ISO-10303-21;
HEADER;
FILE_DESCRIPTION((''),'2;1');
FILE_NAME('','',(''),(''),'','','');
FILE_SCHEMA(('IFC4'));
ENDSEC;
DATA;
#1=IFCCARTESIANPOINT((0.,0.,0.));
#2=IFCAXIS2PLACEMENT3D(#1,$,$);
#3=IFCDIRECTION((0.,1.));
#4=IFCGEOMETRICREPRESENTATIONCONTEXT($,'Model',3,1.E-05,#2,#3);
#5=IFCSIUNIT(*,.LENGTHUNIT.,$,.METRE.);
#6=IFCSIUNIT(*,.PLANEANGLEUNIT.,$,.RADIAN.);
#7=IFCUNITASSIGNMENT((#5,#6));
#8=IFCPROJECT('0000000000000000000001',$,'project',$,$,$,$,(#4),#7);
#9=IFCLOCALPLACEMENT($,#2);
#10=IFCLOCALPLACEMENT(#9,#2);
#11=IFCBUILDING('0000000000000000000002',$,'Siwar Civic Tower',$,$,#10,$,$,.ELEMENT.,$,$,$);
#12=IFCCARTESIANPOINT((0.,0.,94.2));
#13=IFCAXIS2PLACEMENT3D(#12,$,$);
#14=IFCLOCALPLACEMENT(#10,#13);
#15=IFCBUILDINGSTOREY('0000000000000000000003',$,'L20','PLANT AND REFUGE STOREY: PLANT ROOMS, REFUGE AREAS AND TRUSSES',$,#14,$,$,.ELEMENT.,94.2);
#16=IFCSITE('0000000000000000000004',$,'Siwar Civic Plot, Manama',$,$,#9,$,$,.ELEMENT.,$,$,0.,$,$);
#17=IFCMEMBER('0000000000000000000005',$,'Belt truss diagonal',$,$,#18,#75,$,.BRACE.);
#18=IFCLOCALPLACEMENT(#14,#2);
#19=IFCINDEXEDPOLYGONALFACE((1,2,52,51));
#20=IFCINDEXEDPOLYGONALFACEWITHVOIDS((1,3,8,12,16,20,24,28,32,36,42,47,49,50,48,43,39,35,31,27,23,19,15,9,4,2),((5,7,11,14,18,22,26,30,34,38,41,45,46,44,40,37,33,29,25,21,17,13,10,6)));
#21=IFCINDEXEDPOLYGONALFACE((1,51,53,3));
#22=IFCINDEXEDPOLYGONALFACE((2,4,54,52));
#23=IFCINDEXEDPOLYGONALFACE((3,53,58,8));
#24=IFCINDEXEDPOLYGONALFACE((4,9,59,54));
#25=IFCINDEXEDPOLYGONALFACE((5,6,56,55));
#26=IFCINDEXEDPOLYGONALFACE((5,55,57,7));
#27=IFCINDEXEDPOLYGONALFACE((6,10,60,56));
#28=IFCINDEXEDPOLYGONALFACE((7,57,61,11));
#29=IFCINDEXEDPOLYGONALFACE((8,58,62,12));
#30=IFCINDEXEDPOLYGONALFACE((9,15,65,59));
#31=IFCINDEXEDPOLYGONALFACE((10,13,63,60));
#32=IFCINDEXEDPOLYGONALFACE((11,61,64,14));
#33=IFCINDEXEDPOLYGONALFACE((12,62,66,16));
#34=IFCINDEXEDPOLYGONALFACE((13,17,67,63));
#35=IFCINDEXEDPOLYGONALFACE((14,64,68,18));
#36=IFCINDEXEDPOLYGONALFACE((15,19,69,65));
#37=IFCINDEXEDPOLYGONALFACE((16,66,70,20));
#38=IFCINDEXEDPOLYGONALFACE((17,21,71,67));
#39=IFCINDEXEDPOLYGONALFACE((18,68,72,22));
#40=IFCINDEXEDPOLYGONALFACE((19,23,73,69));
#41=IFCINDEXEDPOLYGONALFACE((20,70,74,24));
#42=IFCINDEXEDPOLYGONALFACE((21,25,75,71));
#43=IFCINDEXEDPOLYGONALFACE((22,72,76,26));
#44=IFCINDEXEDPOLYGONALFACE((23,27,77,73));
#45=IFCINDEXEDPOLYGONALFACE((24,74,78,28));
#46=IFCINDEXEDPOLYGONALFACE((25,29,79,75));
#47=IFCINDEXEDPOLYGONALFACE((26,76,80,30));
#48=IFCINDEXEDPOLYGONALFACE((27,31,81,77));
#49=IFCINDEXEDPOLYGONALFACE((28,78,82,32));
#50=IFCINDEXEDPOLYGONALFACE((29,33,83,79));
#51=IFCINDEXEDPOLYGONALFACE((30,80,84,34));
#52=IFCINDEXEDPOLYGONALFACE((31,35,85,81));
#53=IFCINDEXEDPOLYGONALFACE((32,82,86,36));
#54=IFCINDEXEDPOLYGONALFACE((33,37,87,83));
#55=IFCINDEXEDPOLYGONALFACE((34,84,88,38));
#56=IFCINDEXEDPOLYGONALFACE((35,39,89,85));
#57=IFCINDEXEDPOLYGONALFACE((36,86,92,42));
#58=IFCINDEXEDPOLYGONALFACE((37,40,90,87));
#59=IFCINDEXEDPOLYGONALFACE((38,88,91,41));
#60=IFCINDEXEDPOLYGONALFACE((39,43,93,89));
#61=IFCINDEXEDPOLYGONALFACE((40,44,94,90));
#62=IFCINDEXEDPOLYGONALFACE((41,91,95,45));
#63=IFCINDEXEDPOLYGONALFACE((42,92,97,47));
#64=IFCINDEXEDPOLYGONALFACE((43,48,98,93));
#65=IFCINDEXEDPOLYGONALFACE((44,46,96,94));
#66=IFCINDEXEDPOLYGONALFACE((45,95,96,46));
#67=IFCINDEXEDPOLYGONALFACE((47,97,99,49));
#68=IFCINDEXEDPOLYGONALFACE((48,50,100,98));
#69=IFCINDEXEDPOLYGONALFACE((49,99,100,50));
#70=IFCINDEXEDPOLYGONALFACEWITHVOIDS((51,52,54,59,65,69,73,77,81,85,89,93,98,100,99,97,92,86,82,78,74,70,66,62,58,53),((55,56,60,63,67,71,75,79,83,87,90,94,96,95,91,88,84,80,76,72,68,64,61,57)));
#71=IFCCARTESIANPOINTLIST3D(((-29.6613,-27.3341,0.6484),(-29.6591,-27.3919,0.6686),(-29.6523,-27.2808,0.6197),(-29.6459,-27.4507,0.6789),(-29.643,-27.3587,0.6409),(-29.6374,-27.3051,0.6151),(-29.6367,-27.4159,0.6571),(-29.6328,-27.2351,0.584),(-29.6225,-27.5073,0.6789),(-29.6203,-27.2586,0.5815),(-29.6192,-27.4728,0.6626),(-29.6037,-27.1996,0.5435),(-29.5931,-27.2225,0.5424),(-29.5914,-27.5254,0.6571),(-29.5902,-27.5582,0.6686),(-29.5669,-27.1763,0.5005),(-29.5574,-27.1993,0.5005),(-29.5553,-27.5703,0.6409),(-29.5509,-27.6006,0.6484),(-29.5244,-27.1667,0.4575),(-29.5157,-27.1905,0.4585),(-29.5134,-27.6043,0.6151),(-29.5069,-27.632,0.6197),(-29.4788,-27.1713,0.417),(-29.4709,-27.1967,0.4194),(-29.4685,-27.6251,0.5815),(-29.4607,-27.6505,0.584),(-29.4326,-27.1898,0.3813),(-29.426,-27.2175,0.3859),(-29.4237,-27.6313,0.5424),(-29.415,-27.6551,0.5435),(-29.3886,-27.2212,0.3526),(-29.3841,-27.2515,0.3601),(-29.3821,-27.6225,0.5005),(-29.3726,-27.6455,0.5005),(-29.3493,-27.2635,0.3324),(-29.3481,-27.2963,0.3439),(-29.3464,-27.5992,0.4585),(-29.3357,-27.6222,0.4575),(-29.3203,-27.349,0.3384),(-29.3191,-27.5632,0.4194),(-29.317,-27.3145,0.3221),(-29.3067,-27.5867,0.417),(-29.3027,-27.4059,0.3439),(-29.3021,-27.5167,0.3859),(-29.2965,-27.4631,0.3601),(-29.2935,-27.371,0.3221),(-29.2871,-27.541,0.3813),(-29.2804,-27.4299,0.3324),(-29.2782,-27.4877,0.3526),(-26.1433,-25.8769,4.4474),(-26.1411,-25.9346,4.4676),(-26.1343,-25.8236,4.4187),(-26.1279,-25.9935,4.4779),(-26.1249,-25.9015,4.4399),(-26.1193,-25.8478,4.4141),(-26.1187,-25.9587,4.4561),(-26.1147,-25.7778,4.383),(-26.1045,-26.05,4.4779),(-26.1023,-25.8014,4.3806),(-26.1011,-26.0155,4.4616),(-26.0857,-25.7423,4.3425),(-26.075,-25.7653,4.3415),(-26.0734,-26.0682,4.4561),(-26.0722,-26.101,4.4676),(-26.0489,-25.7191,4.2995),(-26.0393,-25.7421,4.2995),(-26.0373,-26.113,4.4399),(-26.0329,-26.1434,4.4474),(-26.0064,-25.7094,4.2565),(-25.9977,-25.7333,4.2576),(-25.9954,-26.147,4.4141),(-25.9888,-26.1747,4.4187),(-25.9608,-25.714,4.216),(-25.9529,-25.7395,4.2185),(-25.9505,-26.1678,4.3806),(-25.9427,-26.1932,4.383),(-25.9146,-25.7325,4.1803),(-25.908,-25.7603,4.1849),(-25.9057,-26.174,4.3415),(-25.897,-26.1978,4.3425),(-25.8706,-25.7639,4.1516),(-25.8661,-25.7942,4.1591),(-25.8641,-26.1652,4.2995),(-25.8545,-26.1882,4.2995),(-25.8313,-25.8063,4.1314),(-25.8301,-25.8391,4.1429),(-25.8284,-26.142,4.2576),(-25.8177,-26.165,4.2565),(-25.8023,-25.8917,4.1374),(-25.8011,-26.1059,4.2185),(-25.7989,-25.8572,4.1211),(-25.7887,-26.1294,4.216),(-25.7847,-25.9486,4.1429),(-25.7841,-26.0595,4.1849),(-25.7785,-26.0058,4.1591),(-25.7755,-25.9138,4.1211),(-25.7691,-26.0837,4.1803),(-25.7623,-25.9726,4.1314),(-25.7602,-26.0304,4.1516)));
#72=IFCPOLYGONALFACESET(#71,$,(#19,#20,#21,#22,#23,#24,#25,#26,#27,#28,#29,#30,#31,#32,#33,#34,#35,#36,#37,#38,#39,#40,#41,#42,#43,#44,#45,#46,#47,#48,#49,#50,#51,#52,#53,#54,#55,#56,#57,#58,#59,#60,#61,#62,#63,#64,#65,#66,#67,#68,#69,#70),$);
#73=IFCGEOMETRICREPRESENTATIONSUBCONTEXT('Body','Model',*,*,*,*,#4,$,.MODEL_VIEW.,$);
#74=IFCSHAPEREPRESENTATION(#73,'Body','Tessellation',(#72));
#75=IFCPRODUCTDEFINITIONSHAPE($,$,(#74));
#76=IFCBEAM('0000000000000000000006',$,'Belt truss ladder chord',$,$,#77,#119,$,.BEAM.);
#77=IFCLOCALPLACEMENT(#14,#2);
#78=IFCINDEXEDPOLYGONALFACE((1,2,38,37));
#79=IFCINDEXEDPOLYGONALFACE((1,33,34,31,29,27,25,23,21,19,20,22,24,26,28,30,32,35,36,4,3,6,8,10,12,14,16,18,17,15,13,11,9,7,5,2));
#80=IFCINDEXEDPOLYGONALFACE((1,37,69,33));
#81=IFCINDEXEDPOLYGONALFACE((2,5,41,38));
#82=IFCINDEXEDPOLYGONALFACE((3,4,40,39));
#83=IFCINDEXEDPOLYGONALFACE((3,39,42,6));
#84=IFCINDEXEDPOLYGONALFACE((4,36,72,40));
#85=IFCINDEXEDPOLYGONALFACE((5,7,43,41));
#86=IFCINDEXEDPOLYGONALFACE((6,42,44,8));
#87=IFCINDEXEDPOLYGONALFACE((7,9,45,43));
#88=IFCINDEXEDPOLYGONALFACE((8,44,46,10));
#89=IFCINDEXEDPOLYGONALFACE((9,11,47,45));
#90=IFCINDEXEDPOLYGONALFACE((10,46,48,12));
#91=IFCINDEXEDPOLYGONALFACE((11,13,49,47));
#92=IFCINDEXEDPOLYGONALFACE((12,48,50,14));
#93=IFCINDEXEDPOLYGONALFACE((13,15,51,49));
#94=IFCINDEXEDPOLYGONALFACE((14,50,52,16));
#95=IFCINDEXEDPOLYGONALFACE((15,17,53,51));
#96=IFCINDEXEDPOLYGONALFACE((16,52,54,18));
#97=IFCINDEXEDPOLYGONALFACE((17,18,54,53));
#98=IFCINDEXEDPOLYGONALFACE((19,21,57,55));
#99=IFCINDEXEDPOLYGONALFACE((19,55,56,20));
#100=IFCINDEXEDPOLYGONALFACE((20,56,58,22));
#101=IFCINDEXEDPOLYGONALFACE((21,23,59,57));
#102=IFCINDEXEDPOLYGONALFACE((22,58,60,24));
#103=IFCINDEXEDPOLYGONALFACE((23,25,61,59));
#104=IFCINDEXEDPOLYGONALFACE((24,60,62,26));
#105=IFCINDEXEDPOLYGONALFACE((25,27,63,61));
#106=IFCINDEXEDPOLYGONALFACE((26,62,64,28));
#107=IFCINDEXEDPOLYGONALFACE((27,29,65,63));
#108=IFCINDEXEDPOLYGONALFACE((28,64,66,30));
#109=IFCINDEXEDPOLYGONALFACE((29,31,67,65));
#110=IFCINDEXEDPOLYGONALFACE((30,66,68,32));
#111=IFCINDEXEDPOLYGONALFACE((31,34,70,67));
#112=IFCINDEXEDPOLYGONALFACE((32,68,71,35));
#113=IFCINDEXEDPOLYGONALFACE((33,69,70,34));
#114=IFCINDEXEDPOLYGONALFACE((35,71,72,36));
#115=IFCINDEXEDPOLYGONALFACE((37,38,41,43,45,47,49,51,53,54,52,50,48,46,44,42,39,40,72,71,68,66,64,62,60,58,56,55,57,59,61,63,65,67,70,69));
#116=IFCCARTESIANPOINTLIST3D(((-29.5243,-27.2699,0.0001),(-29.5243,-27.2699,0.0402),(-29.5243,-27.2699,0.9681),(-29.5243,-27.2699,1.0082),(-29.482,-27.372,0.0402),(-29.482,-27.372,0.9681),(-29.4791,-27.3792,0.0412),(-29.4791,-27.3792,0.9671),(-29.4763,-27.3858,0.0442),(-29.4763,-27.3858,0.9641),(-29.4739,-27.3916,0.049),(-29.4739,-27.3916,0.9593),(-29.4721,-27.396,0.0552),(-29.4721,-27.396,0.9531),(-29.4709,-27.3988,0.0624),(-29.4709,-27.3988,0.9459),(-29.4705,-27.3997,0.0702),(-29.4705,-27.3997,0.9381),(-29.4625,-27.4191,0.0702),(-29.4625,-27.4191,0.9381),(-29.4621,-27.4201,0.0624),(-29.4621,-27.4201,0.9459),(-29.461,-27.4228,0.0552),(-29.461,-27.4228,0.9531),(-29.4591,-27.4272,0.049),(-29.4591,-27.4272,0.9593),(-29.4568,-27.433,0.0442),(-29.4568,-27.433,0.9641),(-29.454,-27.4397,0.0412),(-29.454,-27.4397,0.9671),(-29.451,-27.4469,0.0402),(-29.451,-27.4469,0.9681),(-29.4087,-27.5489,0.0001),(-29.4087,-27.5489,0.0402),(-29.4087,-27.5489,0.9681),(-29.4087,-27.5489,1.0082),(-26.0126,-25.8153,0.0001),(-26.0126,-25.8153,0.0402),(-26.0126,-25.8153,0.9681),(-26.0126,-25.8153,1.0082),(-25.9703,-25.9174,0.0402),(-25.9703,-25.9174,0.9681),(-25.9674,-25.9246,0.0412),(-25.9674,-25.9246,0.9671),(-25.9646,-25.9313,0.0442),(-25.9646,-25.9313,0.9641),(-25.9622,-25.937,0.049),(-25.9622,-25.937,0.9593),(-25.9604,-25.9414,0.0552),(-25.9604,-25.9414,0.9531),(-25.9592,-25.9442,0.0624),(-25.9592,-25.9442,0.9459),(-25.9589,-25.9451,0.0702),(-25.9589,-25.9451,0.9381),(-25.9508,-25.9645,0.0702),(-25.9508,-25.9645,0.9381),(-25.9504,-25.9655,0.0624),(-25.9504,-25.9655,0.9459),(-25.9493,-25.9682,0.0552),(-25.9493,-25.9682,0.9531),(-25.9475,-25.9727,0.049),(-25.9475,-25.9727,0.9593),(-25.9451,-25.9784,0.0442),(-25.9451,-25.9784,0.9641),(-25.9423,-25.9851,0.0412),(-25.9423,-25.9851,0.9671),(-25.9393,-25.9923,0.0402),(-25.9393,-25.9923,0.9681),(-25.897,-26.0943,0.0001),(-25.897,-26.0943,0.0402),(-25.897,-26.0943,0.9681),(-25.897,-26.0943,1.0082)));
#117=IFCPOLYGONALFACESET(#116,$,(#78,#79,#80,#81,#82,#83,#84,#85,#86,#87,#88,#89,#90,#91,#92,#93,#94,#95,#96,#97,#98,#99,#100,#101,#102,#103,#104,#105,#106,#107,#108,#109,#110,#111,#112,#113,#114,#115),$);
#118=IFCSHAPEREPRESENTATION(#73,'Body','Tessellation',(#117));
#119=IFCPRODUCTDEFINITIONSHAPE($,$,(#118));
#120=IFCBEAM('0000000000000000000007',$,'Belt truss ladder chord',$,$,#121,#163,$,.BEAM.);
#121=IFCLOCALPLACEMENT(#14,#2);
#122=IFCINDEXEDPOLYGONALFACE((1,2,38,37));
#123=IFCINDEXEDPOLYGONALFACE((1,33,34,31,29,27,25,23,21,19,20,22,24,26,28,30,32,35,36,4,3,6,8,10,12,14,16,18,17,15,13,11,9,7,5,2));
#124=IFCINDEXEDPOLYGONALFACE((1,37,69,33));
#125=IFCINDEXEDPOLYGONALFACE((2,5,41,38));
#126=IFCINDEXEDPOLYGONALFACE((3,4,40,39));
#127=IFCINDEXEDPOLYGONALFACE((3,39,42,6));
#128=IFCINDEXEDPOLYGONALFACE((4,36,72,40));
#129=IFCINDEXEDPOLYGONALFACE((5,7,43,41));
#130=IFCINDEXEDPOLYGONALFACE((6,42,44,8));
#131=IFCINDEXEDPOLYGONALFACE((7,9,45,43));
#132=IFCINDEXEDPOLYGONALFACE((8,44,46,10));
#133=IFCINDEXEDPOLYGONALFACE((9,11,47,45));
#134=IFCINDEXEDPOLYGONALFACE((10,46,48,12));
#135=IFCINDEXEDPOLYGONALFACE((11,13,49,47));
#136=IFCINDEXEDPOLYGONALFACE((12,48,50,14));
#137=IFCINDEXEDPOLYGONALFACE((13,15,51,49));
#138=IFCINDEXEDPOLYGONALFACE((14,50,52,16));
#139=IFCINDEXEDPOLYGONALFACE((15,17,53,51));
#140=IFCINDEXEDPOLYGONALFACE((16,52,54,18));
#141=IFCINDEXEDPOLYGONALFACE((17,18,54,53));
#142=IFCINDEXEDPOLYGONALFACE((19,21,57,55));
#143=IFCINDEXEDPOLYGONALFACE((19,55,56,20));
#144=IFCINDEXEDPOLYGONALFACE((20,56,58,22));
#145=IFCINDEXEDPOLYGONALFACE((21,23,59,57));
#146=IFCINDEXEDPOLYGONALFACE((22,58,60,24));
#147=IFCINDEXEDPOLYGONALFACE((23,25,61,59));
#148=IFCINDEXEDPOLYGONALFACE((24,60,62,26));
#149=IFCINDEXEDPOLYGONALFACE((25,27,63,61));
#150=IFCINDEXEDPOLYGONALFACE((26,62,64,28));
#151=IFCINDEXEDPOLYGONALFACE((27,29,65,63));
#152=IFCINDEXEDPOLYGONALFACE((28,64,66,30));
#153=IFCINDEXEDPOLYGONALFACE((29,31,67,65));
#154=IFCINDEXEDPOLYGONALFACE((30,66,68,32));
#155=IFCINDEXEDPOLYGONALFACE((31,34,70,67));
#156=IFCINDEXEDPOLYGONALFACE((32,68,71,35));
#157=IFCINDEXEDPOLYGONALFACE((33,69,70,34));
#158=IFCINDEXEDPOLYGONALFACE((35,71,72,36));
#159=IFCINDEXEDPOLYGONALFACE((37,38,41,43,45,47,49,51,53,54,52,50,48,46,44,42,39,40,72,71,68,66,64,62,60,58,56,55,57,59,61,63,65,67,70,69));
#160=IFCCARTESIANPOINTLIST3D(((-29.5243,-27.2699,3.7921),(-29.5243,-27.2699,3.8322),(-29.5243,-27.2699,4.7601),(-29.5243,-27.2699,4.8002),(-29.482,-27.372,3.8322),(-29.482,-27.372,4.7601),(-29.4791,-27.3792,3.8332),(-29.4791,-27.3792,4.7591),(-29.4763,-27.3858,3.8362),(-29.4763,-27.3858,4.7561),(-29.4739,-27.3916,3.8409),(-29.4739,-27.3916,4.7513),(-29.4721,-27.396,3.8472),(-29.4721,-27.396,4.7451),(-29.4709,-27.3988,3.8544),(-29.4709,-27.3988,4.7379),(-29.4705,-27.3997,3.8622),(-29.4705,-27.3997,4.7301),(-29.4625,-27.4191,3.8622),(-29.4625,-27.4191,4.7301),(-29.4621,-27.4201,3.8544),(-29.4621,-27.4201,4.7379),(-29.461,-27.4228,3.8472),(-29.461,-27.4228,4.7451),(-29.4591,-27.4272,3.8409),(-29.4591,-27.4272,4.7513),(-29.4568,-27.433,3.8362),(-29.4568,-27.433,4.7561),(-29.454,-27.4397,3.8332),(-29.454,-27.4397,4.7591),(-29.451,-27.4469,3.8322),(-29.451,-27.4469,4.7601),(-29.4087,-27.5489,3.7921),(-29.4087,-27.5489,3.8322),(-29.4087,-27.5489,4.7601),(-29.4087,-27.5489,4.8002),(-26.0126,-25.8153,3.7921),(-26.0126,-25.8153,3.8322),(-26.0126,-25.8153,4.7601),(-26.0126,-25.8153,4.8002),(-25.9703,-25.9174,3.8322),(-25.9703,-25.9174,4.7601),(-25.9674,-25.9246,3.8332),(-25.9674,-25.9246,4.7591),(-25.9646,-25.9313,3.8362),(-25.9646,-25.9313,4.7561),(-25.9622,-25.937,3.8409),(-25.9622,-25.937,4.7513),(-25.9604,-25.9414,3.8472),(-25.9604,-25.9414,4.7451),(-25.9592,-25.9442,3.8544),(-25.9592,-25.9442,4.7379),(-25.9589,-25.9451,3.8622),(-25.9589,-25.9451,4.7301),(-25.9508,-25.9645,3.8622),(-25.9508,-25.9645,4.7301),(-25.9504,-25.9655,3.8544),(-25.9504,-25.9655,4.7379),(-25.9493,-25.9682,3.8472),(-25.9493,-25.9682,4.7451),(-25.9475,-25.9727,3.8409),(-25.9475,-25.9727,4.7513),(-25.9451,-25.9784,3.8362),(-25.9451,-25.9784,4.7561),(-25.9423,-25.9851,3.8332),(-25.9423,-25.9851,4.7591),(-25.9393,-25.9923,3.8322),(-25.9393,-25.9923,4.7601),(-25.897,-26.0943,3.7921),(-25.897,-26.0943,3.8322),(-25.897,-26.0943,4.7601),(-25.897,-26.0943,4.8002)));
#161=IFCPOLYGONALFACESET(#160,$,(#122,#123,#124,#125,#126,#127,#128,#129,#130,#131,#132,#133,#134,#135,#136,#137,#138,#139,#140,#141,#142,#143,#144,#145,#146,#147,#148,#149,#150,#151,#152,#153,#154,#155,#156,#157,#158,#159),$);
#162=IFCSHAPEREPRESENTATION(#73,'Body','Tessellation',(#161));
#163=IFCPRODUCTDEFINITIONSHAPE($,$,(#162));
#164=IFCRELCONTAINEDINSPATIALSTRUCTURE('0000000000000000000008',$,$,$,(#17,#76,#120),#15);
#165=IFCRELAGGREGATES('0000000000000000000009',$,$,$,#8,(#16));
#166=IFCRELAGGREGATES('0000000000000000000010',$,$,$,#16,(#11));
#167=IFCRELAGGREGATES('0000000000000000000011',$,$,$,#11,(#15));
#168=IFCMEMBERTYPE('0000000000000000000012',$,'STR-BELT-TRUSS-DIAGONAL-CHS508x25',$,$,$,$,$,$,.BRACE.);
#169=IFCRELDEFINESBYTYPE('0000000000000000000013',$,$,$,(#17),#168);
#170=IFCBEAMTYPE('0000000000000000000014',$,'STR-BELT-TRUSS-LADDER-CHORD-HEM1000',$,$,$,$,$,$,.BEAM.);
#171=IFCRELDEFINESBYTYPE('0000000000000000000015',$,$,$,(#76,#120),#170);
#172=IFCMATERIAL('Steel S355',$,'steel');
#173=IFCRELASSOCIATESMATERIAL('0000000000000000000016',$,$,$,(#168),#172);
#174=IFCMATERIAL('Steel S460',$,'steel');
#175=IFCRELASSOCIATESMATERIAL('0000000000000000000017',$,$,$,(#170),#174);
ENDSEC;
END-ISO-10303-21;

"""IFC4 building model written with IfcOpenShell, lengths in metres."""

from ifc_helpers import new_model, si_unit, direction, frame, origin, origin_2d, place, context, subcontext, project, spatial, hollow_circle, i_section, extrude, material, material_profile, profile_set, type_object, element, save


model = new_model("IFC4")

# Units and contexts
model_context = context("Model", 3, precision=1e-05, world=origin(), true_north=direction((0.0, 1.0)))
body_context = subcontext(model_context, "Body", "Model", "MODEL_VIEW")
ifc_project = project(units=[si_unit("LENGTHUNIT", "METRE"), si_unit("PLANEANGLEUNIT", "RADIAN")], contexts=[model_context])

# Site, building, storey
site_placement = place(None, origin())
site = spatial("IfcSite", under=ifc_project, at=site_placement, Name="Siwar Civic Plot, Manama", CompositionType="ELEMENT", RefElevation=0.0)
building_placement = place(site_placement, origin())
building = spatial("IfcBuilding", under=site, at=building_placement, Name="Siwar Civic Tower", CompositionType="ELEMENT")
storey_placement = place(building_placement, frame((0.0, 0.0, 94.2)))
storey = spatial("IfcBuildingStorey", under=building, at=storey_placement, Name="L20", Description="PLANT AND REFUGE STOREY: PLANT ROOMS, REFUGE AREAS AND TRUSSES", CompositionType="ELEMENT", Elevation=94.2)

# Member
ifc_material_1 = material(Name="Steel S355", Category="steel")
ifc_material_profile_1 = material_profile(ifc_material_1, hollow_circle(Radius=0.2539, WallThickness=0.0249, at=origin_2d()), Name="CHS508x25")
ifc_profile_set_1 = profile_set([ifc_material_profile_1], Name="Steel S355")
member_type_1 = type_object("IfcMemberType", Name="STR-BELT-TRUSS-DIAGONAL-CHS508x25", PredefinedType="BRACE", material=ifc_profile_set_1)
member_1_placement = place(storey_placement, frame((-29.4697, -27.4109, 0.5005), z_axis=(0.65404, 0.270921, 0.706282), x_axis=(-0.382693, 0.923875, 0.0)))
element("IfcMember", 1, at=member_1_placement, inside=storey, type_object=member_type_1, Name="Belt truss diagonal", PredefinedType="BRACE", context=body_context, shape_type="SweptSolid", body=[
    extrude(hollow_circle(Radius=0.2539, WallThickness=0.0249, at=origin_2d()), origin(), (0.0, 0.0, 1.0), 5.3789),
])

# Beams
ifc_material_2 = material(Name="Steel S460", Category="steel")
ifc_material_profile_2 = material_profile(ifc_material_2, i_section(OverallWidth=0.302, OverallDepth=1.0081, WebThickness=0.021, FlangeThickness=0.04, FilletRadius=0.03, at=origin_2d()), Name="HEM1000")
ifc_profile_set_2 = profile_set([ifc_material_profile_2], Name="Steel S460")
beam_type_1 = type_object("IfcBeamType", Name="STR-BELT-TRUSS-LADDER-CHORD-HEM1000", PredefinedType="BEAM", material=ifc_profile_set_2)
for number, where, z_axis, x_axis, name in (
    (2, (-25.9548, -25.9548, 0.5042), (-0.923881, -0.382681, 0.0), (0.382681, -0.923881, 0.0), "Belt truss ladder chord"),
    (3, (-25.9548, -25.9548, 4.2961), (-0.923881, -0.382681, 0.0), (0.382681, -0.923881, 0.0), "Belt truss ladder chord"),
):
    element("IfcBeam", number, at=place(storey_placement, frame(where, z_axis=z_axis, x_axis=x_axis)), inside=storey, type_object=beam_type_1, Name=name, PredefinedType="BEAM", context=body_context, shape_type="SweptSolid", body=[
        extrude(i_section(OverallWidth=0.302, OverallDepth=1.0081, WebThickness=0.021, FlangeThickness=0.04, FilletRadius=0.03, at=origin_2d()), origin(), (0.0, 0.0, 1.0), 3.801),
    ])

save(model, "model.ifc")
